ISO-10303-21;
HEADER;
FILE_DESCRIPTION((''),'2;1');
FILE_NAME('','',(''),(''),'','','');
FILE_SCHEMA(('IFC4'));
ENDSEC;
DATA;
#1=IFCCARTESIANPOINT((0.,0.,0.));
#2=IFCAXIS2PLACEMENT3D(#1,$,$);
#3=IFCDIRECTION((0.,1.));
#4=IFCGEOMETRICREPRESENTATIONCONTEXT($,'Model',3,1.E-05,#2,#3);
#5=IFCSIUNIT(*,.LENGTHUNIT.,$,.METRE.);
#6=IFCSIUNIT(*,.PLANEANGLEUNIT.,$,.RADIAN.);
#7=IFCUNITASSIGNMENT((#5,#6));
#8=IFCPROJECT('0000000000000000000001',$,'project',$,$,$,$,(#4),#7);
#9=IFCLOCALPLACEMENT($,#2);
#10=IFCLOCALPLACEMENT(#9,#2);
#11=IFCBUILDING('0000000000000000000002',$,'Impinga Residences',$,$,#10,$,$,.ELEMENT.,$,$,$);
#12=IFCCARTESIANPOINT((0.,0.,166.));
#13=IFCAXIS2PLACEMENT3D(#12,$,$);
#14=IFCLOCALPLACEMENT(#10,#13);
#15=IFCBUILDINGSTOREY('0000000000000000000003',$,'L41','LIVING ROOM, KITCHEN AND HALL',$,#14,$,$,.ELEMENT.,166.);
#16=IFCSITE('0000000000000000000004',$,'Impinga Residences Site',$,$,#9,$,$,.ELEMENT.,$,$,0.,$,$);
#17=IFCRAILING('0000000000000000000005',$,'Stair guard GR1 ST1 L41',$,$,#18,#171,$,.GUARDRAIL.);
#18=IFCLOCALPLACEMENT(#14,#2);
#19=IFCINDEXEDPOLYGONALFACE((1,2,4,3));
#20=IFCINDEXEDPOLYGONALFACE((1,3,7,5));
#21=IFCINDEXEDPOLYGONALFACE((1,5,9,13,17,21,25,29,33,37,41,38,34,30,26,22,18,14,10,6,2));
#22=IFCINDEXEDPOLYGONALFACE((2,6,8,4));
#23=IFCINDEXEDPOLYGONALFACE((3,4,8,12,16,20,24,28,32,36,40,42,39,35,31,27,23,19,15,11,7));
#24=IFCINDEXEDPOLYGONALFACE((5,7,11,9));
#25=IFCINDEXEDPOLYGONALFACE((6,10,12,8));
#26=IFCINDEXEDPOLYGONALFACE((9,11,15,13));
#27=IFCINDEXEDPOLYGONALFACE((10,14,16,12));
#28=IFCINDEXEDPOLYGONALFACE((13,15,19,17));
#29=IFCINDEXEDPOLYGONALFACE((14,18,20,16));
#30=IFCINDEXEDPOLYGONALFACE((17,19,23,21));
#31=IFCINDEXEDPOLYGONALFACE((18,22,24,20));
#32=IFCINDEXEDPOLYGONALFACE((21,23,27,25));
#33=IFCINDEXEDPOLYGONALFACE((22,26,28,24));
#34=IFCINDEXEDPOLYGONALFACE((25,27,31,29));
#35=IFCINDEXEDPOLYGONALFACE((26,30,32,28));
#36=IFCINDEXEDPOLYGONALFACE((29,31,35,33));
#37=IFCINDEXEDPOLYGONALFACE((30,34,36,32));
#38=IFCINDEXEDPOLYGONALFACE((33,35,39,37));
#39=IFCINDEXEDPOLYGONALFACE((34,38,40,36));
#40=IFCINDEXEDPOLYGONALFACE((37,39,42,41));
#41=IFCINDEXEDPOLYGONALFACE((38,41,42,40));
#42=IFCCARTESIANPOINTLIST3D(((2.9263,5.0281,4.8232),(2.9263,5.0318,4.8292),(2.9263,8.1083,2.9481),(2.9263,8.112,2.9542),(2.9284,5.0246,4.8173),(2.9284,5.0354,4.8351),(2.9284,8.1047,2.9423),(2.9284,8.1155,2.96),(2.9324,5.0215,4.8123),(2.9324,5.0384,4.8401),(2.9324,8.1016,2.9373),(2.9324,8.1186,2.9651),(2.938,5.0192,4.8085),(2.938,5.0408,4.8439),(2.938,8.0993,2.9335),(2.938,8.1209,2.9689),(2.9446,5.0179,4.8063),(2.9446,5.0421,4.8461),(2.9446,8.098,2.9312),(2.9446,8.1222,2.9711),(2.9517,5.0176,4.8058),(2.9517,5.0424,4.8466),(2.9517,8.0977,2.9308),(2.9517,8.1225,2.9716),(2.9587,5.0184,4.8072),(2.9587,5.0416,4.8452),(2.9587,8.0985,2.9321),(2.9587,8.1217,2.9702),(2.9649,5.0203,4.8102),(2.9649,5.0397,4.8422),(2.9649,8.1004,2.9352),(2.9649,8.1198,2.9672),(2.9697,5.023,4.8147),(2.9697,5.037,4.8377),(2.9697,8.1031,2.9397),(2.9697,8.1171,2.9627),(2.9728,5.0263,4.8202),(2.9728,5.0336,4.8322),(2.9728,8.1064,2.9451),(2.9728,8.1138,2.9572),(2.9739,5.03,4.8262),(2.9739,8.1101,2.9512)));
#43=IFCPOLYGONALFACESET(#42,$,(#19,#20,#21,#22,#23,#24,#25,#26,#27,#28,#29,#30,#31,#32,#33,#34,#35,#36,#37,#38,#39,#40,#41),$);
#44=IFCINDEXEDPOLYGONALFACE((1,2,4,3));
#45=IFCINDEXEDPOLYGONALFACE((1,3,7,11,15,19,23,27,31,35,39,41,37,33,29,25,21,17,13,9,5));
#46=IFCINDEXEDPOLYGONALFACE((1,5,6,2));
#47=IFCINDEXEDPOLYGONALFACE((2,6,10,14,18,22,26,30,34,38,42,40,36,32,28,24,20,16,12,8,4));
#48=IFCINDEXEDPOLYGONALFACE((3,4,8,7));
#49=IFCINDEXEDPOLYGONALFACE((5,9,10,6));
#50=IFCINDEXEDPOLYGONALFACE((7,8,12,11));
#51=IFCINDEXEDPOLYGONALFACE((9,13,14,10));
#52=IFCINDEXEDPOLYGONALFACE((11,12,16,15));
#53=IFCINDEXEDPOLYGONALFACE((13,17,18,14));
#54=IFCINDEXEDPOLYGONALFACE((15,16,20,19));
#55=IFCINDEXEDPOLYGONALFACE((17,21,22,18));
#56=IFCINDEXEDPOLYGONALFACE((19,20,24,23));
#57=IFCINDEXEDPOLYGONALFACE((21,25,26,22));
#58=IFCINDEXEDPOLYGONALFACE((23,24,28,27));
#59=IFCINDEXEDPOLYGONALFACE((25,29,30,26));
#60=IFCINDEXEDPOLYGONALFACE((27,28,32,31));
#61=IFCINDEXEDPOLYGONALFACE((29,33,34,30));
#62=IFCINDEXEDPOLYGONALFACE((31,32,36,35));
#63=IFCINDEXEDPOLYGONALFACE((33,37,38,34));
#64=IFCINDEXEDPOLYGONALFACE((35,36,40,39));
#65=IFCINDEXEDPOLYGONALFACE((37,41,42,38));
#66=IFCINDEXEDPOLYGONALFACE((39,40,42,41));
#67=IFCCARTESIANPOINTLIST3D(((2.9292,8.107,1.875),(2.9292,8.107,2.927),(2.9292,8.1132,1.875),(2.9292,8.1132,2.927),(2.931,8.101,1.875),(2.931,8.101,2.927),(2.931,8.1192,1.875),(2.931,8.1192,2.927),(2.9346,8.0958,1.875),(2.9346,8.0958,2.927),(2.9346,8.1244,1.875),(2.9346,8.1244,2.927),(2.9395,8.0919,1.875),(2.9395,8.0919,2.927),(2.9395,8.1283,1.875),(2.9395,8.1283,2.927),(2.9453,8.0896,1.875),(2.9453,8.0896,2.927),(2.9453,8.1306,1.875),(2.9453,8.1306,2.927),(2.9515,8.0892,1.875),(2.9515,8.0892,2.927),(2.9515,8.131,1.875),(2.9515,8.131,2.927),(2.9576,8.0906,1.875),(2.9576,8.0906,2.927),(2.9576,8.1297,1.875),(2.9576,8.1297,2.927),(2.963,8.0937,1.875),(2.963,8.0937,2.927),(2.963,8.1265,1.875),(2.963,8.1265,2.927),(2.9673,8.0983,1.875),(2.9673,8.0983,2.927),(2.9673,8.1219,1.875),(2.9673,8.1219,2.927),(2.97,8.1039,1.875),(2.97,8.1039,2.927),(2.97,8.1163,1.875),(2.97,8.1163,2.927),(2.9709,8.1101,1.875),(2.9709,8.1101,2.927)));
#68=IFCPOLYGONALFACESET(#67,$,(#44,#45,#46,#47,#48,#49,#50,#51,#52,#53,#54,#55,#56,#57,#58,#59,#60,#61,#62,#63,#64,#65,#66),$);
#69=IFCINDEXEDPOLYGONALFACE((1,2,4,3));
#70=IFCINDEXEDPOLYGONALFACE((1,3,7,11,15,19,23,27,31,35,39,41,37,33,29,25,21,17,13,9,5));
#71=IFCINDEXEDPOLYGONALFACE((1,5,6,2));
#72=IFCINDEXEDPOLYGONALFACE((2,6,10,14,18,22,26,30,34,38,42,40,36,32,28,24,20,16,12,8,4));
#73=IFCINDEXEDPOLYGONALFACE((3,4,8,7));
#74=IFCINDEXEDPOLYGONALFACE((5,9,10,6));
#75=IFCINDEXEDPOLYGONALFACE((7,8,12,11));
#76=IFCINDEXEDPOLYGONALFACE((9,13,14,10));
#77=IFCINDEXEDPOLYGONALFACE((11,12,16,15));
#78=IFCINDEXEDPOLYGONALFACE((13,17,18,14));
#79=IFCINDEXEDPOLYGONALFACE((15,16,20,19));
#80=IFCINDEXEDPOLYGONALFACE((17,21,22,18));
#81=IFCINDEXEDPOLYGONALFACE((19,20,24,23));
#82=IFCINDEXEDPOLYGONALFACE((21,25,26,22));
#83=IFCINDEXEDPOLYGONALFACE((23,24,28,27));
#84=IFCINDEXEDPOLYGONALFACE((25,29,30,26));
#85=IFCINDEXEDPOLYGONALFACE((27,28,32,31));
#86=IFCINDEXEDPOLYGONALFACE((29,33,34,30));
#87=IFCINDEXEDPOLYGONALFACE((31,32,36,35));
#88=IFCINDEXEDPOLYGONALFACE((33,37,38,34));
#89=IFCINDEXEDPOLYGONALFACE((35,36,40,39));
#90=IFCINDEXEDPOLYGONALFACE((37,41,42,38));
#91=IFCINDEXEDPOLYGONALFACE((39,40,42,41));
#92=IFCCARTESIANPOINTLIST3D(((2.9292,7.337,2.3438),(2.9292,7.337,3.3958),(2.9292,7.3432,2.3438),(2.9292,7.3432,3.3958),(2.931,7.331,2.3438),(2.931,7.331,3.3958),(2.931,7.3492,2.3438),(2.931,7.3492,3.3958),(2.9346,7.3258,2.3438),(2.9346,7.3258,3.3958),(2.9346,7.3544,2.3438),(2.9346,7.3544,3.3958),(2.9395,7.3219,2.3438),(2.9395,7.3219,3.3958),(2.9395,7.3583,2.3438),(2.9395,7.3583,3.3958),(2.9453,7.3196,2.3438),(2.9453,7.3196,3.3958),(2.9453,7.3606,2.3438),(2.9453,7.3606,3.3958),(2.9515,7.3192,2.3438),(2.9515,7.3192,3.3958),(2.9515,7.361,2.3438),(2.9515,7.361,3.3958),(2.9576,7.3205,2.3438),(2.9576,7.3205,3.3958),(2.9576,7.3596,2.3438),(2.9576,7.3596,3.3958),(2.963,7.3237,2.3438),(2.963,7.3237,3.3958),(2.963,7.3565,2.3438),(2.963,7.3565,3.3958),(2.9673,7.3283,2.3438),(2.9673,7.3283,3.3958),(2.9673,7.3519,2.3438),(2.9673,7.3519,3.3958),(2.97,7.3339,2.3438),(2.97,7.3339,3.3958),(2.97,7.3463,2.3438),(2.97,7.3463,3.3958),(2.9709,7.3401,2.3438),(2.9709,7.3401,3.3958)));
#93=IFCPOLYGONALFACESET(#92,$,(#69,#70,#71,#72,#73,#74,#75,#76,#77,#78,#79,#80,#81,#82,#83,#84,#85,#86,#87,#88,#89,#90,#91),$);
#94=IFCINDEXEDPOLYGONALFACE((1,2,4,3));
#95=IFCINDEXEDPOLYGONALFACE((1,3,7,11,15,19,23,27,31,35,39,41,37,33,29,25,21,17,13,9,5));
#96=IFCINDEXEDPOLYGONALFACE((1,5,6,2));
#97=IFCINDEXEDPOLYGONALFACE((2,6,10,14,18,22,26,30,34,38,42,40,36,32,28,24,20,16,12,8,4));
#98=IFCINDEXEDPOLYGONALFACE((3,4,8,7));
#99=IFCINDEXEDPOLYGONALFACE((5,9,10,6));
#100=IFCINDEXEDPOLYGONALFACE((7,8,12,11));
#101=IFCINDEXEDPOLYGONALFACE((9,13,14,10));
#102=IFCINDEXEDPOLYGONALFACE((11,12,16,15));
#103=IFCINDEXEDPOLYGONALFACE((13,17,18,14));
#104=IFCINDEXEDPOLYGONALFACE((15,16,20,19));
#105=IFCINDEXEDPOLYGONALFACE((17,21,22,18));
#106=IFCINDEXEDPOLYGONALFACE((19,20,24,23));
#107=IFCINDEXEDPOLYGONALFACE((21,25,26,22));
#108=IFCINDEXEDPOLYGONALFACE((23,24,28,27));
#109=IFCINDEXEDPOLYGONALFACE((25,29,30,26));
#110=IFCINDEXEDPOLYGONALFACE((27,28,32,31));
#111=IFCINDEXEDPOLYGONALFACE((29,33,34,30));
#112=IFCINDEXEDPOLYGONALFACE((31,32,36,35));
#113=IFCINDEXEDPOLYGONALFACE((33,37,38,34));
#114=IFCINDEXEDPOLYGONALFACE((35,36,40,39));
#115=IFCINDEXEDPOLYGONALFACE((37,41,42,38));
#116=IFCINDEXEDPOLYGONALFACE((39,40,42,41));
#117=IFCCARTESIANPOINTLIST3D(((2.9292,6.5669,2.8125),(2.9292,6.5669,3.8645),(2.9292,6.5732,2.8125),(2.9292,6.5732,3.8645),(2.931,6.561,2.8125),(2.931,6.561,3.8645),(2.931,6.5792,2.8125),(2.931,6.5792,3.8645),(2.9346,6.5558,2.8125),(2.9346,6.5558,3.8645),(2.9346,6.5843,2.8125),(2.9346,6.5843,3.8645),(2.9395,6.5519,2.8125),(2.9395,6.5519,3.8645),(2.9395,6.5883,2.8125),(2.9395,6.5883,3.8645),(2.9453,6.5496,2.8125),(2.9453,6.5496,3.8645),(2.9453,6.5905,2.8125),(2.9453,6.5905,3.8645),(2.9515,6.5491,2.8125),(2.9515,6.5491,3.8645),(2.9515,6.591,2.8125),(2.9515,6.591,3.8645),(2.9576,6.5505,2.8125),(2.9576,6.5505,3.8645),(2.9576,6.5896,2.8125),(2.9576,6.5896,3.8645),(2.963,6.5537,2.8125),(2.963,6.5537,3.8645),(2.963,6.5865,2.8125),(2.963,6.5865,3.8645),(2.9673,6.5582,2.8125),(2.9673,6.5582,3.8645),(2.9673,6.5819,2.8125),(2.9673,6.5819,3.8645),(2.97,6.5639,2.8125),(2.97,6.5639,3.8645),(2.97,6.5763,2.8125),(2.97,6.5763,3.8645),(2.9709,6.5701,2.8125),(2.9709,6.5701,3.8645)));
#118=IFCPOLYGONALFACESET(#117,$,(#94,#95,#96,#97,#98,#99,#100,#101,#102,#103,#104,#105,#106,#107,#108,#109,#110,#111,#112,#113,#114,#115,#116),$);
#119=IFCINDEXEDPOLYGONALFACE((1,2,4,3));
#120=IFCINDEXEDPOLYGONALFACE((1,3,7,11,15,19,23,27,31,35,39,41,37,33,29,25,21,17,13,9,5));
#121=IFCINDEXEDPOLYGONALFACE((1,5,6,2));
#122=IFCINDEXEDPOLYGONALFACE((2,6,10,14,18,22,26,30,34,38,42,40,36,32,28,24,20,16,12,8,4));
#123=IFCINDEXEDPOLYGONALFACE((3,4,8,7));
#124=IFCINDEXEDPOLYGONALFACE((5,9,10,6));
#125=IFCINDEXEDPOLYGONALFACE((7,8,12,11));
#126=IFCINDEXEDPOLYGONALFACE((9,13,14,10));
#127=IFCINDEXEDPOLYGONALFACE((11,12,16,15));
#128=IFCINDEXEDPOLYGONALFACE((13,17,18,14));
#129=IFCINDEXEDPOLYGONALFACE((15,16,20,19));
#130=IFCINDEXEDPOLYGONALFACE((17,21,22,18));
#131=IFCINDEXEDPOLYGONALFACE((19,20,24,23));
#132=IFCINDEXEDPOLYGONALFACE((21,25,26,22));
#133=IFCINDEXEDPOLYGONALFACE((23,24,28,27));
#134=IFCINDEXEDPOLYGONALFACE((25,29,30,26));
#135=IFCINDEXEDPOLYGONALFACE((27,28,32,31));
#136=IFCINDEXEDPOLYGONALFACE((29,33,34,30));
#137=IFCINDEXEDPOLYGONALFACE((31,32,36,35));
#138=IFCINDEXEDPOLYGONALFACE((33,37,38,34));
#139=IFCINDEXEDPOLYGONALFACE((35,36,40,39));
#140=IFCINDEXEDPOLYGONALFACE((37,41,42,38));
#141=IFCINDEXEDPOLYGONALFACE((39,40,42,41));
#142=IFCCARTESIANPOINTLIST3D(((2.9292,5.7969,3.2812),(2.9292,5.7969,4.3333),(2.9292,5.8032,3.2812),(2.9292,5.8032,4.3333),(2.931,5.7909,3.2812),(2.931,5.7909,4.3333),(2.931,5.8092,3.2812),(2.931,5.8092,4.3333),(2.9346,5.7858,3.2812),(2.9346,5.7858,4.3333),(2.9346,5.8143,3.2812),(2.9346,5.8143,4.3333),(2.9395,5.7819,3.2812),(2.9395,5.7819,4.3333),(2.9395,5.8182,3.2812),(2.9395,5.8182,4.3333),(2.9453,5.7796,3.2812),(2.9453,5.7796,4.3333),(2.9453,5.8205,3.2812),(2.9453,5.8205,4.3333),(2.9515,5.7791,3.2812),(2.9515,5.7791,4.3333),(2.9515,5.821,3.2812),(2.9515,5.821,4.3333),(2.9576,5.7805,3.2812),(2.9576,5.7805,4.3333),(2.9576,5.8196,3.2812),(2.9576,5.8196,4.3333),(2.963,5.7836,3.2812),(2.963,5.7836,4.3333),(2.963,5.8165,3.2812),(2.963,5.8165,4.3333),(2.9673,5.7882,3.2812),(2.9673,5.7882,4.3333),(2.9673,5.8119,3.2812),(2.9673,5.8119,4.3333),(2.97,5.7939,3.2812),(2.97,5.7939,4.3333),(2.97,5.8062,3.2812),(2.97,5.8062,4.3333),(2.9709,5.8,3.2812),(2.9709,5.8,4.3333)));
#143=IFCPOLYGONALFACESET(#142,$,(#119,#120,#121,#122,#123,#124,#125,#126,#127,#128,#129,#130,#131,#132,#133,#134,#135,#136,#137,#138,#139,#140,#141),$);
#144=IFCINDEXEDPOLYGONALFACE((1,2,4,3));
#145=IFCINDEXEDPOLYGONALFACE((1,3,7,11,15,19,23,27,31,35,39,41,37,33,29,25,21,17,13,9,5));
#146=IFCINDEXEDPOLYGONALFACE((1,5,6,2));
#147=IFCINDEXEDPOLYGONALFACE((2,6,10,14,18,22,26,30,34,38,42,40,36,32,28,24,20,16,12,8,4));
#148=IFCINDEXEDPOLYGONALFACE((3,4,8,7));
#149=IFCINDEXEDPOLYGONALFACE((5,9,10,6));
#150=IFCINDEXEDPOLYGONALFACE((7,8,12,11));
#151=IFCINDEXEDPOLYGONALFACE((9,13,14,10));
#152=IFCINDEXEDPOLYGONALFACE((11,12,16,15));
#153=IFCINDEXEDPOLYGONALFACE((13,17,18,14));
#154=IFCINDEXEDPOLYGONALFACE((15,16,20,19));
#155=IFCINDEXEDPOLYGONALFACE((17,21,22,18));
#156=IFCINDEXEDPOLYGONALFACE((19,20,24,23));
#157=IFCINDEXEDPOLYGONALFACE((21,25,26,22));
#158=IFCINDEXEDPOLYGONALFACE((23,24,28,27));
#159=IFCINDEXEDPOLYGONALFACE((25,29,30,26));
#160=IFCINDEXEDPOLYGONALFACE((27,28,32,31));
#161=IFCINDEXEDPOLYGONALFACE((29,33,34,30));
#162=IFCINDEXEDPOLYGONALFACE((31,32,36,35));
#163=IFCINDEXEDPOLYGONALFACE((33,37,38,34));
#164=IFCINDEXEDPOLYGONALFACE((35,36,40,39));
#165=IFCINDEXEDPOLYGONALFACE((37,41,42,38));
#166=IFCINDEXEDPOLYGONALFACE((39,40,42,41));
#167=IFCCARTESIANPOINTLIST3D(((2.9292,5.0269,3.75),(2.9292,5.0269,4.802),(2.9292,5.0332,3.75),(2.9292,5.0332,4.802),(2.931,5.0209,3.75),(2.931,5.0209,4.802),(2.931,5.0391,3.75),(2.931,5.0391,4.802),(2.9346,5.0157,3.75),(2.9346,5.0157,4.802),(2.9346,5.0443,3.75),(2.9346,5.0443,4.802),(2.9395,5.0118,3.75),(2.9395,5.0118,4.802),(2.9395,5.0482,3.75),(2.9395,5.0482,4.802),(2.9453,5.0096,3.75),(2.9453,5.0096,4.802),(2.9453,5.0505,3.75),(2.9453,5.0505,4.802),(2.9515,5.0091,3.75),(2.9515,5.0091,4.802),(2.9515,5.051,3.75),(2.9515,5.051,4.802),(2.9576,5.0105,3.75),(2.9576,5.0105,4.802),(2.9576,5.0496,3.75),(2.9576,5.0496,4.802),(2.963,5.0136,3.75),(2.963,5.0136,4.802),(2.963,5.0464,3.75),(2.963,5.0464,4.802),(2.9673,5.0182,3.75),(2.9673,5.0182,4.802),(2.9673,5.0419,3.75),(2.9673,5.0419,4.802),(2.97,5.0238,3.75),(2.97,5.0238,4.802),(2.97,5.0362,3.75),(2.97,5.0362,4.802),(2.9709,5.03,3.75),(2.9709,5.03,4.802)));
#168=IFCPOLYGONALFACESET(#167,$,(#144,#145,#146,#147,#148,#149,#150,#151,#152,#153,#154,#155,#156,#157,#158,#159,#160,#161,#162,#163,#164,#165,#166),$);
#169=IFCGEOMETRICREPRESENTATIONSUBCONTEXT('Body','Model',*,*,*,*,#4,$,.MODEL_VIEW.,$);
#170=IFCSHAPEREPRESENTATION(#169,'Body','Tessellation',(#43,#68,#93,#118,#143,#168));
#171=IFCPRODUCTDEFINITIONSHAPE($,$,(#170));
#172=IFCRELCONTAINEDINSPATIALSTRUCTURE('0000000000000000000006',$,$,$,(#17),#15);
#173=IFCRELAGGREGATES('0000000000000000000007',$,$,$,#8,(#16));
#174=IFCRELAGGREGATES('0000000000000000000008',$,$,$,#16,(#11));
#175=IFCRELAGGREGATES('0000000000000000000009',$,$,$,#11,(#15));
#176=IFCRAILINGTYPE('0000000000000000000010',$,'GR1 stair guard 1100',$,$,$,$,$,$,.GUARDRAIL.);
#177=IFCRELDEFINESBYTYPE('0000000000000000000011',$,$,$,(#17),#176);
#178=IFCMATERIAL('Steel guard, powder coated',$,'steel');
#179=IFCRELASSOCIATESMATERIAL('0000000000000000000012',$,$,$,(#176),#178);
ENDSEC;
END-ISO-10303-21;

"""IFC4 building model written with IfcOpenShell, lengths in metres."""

from ifc_helpers import new_model, si_unit, direction, frame, origin, origin_2d, place, context, subcontext, project, spatial, circle, extrude, material, type_object, element, save


model = new_model("IFC4")

# Units and contexts
model_context = context("Model", 3, precision=1e-05, world=origin(), true_north=direction((0.0, 1.0)))
body_context = subcontext(model_context, "Body", "Model", "MODEL_VIEW")
ifc_project = project(units=[si_unit("LENGTHUNIT", "METRE"), si_unit("PLANEANGLEUNIT", "RADIAN")], contexts=[model_context])

# Site, building, storey
site_placement = place(None, origin())
site = spatial("IfcSite", under=ifc_project, at=site_placement, Name="Impinga Residences Site", CompositionType="ELEMENT", RefElevation=0.0)
building_placement = place(site_placement, origin())
building = spatial("IfcBuilding", under=site, at=building_placement, Name="Impinga Residences", CompositionType="ELEMENT")
storey_placement = place(building_placement, frame((0.0, 0.0, 166.0)))
storey = spatial("IfcBuildingStorey", under=building, at=storey_placement, Name="L41", Description="LIVING ROOM, KITCHEN AND HALL", CompositionType="ELEMENT", Elevation=166.0)

# Railing
ifc_material_1 = material(Name="Steel guard, powder coated", Category="steel")
railing_type_1 = type_object("IfcRailingType", Name="GR1 stair guard 1100", PredefinedType="GUARDRAIL", material=ifc_material_1)
railing_1_placement = place(storey_placement, frame((2.95, 8.1101, 1.875)))
element("IfcRailing", 1, at=railing_1_placement, inside=storey, type_object=railing_type_1, Name="Stair guard GR1 ST1 L41", PredefinedType="GUARDRAIL", context=body_context, shape_type="SweptSolid", body=[
    extrude(circle(Radius=0.0239, at=origin_2d()), frame((0.0, 0.0, 1.0762), z_axis=(0.0, -0.854178, 0.519981), x_axis=(1.0, 0.0, 0.0)), (0.0, 0.0, 1.0), 3.606),
    extrude(circle(Radius=0.021, at=origin_2d()), origin(), (0.0, 0.0, 1.0), 1.052),
    extrude(circle(Radius=0.021, at=origin_2d()), frame((0.0, -0.77, 0.4688)), (0.0, 0.0, 1.0), 1.052),
    extrude(circle(Radius=0.021, at=origin_2d()), frame((0.0, -1.54, 0.9375)), (0.0, 0.0, 1.0), 1.052),
    extrude(circle(Radius=0.021, at=origin_2d()), frame((0.0, -2.3101, 1.4062)), (0.0, 0.0, 1.0), 1.052),
    extrude(circle(Radius=0.021, at=origin_2d()), frame((0.0, -3.0801, 1.875)), (0.0, 0.0, 1.0), 1.052),
])

save(model, "model.ifc")
